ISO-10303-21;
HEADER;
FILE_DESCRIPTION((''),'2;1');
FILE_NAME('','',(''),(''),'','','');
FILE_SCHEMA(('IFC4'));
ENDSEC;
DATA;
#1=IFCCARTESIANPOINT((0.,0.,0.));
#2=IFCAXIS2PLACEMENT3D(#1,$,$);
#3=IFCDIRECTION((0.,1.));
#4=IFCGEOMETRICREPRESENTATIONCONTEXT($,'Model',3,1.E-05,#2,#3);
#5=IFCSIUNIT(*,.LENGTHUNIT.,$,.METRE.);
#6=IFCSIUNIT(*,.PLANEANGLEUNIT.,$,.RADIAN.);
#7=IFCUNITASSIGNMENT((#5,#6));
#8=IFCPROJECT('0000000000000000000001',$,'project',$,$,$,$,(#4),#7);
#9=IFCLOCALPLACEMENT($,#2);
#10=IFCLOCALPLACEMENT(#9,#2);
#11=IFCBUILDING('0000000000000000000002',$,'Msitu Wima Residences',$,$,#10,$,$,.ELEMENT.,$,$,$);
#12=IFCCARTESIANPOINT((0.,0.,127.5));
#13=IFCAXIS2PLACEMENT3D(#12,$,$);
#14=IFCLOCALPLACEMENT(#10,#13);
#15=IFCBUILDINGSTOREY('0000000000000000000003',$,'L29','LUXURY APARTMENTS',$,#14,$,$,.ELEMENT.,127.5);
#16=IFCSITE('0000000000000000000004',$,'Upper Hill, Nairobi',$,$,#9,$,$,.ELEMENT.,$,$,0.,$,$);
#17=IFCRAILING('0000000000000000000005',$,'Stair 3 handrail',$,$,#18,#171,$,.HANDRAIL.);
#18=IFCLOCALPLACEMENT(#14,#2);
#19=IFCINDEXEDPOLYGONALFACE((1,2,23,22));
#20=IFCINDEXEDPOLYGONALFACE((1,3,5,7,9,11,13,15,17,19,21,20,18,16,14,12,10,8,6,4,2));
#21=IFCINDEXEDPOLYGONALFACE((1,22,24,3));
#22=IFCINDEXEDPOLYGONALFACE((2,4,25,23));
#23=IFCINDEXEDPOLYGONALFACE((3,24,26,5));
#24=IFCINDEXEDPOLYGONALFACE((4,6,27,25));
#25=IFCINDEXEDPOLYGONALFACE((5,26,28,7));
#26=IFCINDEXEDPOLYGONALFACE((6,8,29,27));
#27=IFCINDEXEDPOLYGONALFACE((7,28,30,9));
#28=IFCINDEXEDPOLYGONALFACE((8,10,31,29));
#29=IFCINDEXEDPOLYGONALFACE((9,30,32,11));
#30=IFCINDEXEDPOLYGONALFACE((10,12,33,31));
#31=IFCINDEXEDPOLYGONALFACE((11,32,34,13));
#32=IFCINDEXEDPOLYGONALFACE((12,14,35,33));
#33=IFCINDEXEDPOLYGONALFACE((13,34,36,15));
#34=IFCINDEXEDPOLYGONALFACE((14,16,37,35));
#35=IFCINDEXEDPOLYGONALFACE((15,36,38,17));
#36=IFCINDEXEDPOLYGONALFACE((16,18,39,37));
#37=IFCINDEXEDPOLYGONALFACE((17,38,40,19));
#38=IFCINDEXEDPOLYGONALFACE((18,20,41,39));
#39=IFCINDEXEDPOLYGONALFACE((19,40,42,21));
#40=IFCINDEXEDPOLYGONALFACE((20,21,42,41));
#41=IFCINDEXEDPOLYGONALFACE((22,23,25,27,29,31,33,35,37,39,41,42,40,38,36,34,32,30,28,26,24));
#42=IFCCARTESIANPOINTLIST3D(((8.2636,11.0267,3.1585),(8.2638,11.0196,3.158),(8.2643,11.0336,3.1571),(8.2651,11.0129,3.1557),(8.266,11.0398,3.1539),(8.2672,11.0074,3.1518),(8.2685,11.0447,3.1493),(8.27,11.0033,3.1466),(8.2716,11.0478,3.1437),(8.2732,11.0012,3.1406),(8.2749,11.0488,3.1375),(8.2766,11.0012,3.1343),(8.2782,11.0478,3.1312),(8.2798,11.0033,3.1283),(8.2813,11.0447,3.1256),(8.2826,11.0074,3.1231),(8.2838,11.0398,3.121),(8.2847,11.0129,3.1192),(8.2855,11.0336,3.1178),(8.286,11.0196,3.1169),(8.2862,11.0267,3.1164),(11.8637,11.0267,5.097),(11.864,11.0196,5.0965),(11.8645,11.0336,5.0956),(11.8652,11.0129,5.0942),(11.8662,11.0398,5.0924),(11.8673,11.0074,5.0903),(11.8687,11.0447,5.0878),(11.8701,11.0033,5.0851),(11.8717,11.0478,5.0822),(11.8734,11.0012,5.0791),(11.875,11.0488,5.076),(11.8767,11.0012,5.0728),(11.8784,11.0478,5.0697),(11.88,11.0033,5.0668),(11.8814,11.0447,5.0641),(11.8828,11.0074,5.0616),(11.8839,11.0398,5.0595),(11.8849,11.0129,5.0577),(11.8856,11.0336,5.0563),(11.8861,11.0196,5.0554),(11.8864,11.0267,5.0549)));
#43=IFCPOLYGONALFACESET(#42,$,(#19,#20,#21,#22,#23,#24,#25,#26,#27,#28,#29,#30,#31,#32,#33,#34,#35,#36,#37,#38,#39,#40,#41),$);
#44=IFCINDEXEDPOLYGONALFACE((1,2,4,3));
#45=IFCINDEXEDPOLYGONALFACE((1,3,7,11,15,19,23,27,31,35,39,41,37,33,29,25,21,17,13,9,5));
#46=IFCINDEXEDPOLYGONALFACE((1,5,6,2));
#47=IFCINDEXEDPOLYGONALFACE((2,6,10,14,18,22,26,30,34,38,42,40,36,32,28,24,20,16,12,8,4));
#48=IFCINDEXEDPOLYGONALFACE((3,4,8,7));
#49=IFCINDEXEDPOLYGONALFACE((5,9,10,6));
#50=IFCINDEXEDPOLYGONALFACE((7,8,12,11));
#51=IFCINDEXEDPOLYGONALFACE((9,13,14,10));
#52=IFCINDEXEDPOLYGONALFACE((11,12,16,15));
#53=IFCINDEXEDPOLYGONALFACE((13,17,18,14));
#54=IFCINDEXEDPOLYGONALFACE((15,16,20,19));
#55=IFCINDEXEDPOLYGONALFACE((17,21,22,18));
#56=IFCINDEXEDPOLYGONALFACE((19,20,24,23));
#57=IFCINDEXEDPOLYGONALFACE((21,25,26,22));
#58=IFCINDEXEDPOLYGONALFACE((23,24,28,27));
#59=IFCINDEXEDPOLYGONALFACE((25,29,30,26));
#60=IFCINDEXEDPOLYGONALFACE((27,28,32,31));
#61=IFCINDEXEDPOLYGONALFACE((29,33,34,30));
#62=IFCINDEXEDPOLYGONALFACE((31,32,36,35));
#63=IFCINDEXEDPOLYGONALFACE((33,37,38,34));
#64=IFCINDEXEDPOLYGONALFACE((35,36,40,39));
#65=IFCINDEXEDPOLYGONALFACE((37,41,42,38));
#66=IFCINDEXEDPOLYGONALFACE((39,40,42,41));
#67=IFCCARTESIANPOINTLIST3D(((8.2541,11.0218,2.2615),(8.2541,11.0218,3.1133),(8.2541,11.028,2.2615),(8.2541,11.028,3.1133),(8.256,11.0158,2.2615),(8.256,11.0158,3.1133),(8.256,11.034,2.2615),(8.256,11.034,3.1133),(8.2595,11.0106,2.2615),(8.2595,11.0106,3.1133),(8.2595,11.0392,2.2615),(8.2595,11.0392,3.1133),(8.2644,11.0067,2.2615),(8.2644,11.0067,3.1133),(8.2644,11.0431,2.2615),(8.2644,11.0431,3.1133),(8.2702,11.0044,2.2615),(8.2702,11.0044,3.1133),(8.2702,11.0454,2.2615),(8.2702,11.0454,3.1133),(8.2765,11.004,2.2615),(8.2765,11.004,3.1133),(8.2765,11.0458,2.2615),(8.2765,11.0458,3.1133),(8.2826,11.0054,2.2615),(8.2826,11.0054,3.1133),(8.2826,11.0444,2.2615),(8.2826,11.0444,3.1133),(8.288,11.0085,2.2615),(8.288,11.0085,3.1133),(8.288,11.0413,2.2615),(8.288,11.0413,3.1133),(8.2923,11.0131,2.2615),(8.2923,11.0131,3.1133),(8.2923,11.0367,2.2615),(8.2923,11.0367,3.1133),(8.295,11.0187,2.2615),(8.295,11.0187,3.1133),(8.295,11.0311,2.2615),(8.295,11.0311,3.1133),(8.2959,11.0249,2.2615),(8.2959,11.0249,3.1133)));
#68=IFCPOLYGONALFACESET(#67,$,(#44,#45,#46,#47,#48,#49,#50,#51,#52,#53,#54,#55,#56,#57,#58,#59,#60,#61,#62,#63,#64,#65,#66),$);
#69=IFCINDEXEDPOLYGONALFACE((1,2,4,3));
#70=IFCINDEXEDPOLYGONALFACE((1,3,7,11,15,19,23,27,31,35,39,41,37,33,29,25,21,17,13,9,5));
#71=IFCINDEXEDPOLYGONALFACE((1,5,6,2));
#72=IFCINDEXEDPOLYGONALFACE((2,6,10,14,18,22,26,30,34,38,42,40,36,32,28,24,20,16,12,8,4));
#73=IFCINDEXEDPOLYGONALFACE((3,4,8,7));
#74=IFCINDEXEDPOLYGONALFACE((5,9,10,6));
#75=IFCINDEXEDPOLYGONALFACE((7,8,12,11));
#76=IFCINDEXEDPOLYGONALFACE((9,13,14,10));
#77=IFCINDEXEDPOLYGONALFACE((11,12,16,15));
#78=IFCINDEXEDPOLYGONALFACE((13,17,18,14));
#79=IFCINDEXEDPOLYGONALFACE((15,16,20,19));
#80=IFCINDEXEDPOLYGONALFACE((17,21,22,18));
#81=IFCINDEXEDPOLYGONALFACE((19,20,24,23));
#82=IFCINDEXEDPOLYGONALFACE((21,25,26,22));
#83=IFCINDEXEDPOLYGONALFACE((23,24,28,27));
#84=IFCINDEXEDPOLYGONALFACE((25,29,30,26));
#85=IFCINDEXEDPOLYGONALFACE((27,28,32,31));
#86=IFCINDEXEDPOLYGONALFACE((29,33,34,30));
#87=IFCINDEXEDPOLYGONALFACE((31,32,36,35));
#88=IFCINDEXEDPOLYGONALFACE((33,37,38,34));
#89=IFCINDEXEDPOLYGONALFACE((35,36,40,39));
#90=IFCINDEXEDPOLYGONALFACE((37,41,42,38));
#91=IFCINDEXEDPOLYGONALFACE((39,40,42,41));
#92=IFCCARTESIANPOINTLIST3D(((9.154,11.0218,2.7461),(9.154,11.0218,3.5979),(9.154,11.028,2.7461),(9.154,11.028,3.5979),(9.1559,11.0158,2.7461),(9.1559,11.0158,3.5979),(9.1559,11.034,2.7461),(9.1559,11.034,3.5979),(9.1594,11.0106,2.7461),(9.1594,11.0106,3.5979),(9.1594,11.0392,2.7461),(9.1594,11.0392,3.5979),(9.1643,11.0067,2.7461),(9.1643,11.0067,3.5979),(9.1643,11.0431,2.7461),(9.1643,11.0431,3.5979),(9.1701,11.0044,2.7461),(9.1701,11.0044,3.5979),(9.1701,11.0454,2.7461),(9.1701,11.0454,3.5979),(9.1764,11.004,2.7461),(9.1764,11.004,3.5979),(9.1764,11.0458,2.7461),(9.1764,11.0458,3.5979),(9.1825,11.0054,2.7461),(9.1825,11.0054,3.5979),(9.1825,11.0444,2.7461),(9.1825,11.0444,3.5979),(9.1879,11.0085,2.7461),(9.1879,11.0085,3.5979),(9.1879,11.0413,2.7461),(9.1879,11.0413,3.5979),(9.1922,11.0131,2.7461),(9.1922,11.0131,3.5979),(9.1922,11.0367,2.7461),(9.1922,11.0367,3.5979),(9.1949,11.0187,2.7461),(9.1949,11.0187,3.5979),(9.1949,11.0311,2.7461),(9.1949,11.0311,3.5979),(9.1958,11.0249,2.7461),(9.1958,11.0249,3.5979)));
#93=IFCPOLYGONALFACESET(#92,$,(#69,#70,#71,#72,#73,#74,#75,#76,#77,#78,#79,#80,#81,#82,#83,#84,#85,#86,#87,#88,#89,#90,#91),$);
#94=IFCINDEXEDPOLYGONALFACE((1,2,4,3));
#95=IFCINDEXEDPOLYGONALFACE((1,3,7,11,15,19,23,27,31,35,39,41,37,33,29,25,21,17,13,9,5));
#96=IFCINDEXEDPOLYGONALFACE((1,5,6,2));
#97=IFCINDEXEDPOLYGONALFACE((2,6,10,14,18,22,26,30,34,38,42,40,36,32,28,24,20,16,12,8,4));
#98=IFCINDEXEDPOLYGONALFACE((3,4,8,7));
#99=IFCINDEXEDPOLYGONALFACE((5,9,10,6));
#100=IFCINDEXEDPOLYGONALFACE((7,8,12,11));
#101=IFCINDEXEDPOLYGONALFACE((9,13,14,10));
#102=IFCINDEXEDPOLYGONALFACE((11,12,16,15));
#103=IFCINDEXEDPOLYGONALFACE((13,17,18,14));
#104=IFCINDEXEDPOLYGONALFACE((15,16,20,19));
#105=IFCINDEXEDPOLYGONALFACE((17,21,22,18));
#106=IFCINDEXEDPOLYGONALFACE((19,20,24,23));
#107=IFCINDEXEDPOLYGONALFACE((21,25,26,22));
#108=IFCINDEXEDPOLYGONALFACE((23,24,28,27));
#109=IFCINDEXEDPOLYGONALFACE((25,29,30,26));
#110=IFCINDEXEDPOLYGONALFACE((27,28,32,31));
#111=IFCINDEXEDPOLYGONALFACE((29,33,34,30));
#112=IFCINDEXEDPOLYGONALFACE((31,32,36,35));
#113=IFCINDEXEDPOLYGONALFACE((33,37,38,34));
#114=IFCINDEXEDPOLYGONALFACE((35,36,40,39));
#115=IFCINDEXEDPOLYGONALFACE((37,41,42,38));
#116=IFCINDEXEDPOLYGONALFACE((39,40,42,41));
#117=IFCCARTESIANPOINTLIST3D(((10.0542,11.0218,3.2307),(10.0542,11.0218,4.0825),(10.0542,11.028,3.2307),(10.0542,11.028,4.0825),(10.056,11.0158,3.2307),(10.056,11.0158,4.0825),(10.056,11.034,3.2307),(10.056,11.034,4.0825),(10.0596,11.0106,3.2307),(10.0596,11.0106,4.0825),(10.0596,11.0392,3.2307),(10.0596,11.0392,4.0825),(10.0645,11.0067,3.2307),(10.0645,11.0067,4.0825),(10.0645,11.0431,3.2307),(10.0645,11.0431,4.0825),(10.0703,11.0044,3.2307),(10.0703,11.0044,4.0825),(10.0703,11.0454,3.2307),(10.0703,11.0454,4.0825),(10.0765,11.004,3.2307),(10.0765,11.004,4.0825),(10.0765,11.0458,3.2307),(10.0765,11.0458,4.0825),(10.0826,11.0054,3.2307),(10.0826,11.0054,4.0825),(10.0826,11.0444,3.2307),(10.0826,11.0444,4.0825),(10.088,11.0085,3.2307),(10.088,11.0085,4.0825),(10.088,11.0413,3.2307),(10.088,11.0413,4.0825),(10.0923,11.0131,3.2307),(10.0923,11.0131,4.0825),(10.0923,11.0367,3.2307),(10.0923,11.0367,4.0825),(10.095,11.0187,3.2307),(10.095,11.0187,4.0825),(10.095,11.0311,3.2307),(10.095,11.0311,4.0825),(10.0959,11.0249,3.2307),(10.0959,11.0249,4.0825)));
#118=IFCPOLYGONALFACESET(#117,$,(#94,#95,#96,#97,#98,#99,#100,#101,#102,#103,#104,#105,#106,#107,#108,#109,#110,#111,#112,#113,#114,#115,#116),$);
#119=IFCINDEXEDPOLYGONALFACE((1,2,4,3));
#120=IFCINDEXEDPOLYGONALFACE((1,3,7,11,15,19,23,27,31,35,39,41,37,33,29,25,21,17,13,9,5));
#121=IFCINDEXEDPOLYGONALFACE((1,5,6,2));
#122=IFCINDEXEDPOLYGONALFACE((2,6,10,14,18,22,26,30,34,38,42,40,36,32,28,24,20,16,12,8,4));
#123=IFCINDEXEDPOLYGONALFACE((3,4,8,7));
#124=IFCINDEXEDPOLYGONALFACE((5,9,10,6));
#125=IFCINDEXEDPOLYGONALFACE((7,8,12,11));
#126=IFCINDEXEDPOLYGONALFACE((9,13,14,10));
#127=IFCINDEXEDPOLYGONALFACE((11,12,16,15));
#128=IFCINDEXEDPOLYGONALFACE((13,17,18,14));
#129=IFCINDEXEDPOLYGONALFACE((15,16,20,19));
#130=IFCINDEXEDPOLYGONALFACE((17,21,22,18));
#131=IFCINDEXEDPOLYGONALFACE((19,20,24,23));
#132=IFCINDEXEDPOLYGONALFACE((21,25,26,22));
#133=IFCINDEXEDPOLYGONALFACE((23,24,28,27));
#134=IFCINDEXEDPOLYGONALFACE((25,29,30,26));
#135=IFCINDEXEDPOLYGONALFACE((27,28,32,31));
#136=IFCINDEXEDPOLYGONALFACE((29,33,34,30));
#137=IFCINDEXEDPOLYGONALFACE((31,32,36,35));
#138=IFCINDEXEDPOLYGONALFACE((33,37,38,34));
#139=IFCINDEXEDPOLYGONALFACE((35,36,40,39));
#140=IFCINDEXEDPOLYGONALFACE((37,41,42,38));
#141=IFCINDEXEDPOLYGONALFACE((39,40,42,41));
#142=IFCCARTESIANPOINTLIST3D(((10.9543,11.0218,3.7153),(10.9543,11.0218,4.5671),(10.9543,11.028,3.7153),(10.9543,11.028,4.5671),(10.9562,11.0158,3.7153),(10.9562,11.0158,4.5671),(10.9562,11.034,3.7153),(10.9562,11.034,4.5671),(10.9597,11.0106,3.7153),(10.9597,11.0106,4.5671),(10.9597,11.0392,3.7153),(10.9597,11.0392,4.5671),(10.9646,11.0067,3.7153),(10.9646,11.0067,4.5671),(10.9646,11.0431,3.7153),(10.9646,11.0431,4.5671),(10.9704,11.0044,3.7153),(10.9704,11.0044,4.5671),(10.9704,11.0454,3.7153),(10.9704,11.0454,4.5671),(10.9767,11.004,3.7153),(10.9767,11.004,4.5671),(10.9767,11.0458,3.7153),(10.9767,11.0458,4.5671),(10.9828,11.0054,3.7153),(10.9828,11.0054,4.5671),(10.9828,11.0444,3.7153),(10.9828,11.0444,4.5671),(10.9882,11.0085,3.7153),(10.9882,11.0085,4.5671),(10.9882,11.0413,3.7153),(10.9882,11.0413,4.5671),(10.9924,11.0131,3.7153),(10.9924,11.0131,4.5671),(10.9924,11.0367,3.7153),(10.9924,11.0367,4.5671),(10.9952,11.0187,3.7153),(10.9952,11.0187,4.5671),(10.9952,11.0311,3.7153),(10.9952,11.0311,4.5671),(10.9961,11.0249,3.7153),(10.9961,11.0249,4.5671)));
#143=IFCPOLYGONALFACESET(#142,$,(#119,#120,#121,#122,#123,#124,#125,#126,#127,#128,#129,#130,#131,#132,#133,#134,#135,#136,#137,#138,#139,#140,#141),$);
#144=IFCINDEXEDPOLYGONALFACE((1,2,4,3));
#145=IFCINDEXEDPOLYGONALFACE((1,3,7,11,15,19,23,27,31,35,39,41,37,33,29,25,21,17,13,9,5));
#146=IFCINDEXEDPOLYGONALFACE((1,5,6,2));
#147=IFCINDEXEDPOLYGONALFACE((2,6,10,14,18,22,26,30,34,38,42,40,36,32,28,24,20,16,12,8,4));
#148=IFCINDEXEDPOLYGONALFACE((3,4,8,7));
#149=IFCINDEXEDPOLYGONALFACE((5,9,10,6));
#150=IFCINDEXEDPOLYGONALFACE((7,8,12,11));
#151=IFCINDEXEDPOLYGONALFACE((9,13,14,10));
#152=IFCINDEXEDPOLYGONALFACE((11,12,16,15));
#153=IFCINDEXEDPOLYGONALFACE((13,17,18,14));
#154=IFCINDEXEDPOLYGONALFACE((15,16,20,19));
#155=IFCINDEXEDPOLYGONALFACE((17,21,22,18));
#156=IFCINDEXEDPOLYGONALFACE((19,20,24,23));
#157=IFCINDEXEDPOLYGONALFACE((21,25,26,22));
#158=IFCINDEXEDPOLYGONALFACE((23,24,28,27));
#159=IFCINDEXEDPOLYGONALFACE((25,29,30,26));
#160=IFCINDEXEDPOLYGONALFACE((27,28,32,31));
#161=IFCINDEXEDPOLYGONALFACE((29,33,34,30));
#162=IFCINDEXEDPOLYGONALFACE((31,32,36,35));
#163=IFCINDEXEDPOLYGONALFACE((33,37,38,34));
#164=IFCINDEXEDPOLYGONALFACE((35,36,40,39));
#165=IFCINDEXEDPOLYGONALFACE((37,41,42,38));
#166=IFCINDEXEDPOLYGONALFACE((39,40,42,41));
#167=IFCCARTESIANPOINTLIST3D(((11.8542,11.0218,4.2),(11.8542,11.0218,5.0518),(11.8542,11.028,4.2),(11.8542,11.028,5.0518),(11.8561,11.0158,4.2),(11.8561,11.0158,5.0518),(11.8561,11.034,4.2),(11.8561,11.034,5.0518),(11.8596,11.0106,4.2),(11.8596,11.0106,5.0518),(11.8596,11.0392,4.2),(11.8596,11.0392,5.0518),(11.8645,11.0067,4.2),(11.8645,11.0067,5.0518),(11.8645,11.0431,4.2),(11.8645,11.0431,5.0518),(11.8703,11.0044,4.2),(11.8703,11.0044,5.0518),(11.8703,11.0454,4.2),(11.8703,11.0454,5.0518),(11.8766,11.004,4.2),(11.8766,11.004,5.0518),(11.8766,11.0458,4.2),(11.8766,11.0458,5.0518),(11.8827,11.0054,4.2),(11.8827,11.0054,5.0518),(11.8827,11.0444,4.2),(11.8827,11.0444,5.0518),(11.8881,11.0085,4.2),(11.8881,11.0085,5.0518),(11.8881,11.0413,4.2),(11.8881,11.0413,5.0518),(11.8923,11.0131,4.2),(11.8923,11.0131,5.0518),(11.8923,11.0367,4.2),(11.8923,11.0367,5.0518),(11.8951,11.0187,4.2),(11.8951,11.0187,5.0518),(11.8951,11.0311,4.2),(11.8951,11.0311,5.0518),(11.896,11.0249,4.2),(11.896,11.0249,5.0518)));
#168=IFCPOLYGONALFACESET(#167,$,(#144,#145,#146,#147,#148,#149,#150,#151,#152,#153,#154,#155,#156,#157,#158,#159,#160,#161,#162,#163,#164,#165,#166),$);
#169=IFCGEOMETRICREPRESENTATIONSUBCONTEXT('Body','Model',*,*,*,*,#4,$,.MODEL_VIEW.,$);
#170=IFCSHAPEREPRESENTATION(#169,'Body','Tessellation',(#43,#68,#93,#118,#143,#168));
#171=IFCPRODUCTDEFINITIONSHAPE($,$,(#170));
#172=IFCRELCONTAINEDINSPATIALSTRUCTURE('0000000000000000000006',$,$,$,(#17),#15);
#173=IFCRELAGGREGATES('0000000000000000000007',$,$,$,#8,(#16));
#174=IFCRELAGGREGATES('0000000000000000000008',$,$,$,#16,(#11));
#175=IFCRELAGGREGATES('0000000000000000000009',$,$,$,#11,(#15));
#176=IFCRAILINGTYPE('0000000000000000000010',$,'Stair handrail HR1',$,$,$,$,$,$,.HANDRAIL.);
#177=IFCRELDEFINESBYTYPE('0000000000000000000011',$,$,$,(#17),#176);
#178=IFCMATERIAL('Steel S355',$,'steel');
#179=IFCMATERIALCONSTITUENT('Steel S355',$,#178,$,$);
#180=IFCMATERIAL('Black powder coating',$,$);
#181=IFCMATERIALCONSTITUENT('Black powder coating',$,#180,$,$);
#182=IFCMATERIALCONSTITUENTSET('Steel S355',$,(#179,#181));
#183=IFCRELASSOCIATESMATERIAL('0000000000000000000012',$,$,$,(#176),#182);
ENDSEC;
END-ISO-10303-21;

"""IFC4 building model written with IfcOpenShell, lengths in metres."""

from ifc_helpers import new_model, si_unit, direction, frame, origin, origin_2d, place, context, subcontext, project, spatial, circle, extrude, material, constituent, constituent_set, type_object, element, save


model = new_model("IFC4")

# Units and contexts
model_context = context("Model", 3, precision=1e-05, world=origin(), true_north=direction((0.0, 1.0)))
body_context = subcontext(model_context, "Body", "Model", "MODEL_VIEW")
ifc_project = project(units=[si_unit("LENGTHUNIT", "METRE"), si_unit("PLANEANGLEUNIT", "RADIAN")], contexts=[model_context])

# Site, building, storey
site_placement = place(None, origin())
site = spatial("IfcSite", under=ifc_project, at=site_placement, Name="Upper Hill, Nairobi", CompositionType="ELEMENT", RefElevation=0.0)
building_placement = place(site_placement, origin())
building = spatial("IfcBuilding", under=site, at=building_placement, Name="Msitu Wima Residences", CompositionType="ELEMENT")
storey_placement = place(building_placement, frame((0.0, 0.0, 127.5)))
storey = spatial("IfcBuildingStorey", under=building, at=storey_placement, Name="L29", Description="LUXURY APARTMENTS", CompositionType="ELEMENT", Elevation=127.5)

# Railing
ifc_material_1 = material(Name="Steel S355", Category="steel")
ifc_constituent_1 = constituent(ifc_material_1, Name="Steel S355")
ifc_material_2 = material(Name="Black powder coating")
ifc_constituent_2 = constituent(ifc_material_2, Name="Black powder coating")
ifc_constituent_set = constituent_set(constituents=[ifc_constituent_1, ifc_constituent_2], Name="Steel S355")
railing_type = type_object("IfcRailingType", Name="Stair handrail HR1", PredefinedType="HANDRAIL", material=ifc_constituent_set)
for number, where, name in (
    (1, (8.2749, 11.0249, 2.2615), "Stair 3 handrail"),
):
    element("IfcRailing", number, at=place(storey_placement, frame(where)), inside=storey, type_object=railing_type, Name=name, PredefinedType="HANDRAIL", context=body_context, shape_type="SweptSolid", body=[
        extrude(circle(Radius=0.0239, at=origin_2d()), frame((0.0, 0.0, 0.876), z_axis=(0.880475, 0.0, 0.474093), x_axis=(0.0, 1.0, 0.0)), (0.0, 0.0, 1.0), 4.0889),
        extrude(circle(Radius=0.021, at=origin_2d()), origin(), (0.0, 0.0, 1.0), 0.8518),
        extrude(circle(Radius=0.021, at=origin_2d()), frame((0.8999, 0.0, 0.4846)), (0.0, 0.0, 1.0), 0.8518),
        extrude(circle(Radius=0.021, at=origin_2d()), frame((1.8, 0.0, 0.9692)), (0.0, 0.0, 1.0), 0.8518),
        extrude(circle(Radius=0.021, at=origin_2d()), frame((2.7002, 0.0, 1.4539)), (0.0, 0.0, 1.0), 0.8518),
        extrude(circle(Radius=0.021, at=origin_2d()), frame((3.6001, 0.0, 1.9385)), (0.0, 0.0, 1.0), 0.8518),
    ])

save(model, "model.ifc")
